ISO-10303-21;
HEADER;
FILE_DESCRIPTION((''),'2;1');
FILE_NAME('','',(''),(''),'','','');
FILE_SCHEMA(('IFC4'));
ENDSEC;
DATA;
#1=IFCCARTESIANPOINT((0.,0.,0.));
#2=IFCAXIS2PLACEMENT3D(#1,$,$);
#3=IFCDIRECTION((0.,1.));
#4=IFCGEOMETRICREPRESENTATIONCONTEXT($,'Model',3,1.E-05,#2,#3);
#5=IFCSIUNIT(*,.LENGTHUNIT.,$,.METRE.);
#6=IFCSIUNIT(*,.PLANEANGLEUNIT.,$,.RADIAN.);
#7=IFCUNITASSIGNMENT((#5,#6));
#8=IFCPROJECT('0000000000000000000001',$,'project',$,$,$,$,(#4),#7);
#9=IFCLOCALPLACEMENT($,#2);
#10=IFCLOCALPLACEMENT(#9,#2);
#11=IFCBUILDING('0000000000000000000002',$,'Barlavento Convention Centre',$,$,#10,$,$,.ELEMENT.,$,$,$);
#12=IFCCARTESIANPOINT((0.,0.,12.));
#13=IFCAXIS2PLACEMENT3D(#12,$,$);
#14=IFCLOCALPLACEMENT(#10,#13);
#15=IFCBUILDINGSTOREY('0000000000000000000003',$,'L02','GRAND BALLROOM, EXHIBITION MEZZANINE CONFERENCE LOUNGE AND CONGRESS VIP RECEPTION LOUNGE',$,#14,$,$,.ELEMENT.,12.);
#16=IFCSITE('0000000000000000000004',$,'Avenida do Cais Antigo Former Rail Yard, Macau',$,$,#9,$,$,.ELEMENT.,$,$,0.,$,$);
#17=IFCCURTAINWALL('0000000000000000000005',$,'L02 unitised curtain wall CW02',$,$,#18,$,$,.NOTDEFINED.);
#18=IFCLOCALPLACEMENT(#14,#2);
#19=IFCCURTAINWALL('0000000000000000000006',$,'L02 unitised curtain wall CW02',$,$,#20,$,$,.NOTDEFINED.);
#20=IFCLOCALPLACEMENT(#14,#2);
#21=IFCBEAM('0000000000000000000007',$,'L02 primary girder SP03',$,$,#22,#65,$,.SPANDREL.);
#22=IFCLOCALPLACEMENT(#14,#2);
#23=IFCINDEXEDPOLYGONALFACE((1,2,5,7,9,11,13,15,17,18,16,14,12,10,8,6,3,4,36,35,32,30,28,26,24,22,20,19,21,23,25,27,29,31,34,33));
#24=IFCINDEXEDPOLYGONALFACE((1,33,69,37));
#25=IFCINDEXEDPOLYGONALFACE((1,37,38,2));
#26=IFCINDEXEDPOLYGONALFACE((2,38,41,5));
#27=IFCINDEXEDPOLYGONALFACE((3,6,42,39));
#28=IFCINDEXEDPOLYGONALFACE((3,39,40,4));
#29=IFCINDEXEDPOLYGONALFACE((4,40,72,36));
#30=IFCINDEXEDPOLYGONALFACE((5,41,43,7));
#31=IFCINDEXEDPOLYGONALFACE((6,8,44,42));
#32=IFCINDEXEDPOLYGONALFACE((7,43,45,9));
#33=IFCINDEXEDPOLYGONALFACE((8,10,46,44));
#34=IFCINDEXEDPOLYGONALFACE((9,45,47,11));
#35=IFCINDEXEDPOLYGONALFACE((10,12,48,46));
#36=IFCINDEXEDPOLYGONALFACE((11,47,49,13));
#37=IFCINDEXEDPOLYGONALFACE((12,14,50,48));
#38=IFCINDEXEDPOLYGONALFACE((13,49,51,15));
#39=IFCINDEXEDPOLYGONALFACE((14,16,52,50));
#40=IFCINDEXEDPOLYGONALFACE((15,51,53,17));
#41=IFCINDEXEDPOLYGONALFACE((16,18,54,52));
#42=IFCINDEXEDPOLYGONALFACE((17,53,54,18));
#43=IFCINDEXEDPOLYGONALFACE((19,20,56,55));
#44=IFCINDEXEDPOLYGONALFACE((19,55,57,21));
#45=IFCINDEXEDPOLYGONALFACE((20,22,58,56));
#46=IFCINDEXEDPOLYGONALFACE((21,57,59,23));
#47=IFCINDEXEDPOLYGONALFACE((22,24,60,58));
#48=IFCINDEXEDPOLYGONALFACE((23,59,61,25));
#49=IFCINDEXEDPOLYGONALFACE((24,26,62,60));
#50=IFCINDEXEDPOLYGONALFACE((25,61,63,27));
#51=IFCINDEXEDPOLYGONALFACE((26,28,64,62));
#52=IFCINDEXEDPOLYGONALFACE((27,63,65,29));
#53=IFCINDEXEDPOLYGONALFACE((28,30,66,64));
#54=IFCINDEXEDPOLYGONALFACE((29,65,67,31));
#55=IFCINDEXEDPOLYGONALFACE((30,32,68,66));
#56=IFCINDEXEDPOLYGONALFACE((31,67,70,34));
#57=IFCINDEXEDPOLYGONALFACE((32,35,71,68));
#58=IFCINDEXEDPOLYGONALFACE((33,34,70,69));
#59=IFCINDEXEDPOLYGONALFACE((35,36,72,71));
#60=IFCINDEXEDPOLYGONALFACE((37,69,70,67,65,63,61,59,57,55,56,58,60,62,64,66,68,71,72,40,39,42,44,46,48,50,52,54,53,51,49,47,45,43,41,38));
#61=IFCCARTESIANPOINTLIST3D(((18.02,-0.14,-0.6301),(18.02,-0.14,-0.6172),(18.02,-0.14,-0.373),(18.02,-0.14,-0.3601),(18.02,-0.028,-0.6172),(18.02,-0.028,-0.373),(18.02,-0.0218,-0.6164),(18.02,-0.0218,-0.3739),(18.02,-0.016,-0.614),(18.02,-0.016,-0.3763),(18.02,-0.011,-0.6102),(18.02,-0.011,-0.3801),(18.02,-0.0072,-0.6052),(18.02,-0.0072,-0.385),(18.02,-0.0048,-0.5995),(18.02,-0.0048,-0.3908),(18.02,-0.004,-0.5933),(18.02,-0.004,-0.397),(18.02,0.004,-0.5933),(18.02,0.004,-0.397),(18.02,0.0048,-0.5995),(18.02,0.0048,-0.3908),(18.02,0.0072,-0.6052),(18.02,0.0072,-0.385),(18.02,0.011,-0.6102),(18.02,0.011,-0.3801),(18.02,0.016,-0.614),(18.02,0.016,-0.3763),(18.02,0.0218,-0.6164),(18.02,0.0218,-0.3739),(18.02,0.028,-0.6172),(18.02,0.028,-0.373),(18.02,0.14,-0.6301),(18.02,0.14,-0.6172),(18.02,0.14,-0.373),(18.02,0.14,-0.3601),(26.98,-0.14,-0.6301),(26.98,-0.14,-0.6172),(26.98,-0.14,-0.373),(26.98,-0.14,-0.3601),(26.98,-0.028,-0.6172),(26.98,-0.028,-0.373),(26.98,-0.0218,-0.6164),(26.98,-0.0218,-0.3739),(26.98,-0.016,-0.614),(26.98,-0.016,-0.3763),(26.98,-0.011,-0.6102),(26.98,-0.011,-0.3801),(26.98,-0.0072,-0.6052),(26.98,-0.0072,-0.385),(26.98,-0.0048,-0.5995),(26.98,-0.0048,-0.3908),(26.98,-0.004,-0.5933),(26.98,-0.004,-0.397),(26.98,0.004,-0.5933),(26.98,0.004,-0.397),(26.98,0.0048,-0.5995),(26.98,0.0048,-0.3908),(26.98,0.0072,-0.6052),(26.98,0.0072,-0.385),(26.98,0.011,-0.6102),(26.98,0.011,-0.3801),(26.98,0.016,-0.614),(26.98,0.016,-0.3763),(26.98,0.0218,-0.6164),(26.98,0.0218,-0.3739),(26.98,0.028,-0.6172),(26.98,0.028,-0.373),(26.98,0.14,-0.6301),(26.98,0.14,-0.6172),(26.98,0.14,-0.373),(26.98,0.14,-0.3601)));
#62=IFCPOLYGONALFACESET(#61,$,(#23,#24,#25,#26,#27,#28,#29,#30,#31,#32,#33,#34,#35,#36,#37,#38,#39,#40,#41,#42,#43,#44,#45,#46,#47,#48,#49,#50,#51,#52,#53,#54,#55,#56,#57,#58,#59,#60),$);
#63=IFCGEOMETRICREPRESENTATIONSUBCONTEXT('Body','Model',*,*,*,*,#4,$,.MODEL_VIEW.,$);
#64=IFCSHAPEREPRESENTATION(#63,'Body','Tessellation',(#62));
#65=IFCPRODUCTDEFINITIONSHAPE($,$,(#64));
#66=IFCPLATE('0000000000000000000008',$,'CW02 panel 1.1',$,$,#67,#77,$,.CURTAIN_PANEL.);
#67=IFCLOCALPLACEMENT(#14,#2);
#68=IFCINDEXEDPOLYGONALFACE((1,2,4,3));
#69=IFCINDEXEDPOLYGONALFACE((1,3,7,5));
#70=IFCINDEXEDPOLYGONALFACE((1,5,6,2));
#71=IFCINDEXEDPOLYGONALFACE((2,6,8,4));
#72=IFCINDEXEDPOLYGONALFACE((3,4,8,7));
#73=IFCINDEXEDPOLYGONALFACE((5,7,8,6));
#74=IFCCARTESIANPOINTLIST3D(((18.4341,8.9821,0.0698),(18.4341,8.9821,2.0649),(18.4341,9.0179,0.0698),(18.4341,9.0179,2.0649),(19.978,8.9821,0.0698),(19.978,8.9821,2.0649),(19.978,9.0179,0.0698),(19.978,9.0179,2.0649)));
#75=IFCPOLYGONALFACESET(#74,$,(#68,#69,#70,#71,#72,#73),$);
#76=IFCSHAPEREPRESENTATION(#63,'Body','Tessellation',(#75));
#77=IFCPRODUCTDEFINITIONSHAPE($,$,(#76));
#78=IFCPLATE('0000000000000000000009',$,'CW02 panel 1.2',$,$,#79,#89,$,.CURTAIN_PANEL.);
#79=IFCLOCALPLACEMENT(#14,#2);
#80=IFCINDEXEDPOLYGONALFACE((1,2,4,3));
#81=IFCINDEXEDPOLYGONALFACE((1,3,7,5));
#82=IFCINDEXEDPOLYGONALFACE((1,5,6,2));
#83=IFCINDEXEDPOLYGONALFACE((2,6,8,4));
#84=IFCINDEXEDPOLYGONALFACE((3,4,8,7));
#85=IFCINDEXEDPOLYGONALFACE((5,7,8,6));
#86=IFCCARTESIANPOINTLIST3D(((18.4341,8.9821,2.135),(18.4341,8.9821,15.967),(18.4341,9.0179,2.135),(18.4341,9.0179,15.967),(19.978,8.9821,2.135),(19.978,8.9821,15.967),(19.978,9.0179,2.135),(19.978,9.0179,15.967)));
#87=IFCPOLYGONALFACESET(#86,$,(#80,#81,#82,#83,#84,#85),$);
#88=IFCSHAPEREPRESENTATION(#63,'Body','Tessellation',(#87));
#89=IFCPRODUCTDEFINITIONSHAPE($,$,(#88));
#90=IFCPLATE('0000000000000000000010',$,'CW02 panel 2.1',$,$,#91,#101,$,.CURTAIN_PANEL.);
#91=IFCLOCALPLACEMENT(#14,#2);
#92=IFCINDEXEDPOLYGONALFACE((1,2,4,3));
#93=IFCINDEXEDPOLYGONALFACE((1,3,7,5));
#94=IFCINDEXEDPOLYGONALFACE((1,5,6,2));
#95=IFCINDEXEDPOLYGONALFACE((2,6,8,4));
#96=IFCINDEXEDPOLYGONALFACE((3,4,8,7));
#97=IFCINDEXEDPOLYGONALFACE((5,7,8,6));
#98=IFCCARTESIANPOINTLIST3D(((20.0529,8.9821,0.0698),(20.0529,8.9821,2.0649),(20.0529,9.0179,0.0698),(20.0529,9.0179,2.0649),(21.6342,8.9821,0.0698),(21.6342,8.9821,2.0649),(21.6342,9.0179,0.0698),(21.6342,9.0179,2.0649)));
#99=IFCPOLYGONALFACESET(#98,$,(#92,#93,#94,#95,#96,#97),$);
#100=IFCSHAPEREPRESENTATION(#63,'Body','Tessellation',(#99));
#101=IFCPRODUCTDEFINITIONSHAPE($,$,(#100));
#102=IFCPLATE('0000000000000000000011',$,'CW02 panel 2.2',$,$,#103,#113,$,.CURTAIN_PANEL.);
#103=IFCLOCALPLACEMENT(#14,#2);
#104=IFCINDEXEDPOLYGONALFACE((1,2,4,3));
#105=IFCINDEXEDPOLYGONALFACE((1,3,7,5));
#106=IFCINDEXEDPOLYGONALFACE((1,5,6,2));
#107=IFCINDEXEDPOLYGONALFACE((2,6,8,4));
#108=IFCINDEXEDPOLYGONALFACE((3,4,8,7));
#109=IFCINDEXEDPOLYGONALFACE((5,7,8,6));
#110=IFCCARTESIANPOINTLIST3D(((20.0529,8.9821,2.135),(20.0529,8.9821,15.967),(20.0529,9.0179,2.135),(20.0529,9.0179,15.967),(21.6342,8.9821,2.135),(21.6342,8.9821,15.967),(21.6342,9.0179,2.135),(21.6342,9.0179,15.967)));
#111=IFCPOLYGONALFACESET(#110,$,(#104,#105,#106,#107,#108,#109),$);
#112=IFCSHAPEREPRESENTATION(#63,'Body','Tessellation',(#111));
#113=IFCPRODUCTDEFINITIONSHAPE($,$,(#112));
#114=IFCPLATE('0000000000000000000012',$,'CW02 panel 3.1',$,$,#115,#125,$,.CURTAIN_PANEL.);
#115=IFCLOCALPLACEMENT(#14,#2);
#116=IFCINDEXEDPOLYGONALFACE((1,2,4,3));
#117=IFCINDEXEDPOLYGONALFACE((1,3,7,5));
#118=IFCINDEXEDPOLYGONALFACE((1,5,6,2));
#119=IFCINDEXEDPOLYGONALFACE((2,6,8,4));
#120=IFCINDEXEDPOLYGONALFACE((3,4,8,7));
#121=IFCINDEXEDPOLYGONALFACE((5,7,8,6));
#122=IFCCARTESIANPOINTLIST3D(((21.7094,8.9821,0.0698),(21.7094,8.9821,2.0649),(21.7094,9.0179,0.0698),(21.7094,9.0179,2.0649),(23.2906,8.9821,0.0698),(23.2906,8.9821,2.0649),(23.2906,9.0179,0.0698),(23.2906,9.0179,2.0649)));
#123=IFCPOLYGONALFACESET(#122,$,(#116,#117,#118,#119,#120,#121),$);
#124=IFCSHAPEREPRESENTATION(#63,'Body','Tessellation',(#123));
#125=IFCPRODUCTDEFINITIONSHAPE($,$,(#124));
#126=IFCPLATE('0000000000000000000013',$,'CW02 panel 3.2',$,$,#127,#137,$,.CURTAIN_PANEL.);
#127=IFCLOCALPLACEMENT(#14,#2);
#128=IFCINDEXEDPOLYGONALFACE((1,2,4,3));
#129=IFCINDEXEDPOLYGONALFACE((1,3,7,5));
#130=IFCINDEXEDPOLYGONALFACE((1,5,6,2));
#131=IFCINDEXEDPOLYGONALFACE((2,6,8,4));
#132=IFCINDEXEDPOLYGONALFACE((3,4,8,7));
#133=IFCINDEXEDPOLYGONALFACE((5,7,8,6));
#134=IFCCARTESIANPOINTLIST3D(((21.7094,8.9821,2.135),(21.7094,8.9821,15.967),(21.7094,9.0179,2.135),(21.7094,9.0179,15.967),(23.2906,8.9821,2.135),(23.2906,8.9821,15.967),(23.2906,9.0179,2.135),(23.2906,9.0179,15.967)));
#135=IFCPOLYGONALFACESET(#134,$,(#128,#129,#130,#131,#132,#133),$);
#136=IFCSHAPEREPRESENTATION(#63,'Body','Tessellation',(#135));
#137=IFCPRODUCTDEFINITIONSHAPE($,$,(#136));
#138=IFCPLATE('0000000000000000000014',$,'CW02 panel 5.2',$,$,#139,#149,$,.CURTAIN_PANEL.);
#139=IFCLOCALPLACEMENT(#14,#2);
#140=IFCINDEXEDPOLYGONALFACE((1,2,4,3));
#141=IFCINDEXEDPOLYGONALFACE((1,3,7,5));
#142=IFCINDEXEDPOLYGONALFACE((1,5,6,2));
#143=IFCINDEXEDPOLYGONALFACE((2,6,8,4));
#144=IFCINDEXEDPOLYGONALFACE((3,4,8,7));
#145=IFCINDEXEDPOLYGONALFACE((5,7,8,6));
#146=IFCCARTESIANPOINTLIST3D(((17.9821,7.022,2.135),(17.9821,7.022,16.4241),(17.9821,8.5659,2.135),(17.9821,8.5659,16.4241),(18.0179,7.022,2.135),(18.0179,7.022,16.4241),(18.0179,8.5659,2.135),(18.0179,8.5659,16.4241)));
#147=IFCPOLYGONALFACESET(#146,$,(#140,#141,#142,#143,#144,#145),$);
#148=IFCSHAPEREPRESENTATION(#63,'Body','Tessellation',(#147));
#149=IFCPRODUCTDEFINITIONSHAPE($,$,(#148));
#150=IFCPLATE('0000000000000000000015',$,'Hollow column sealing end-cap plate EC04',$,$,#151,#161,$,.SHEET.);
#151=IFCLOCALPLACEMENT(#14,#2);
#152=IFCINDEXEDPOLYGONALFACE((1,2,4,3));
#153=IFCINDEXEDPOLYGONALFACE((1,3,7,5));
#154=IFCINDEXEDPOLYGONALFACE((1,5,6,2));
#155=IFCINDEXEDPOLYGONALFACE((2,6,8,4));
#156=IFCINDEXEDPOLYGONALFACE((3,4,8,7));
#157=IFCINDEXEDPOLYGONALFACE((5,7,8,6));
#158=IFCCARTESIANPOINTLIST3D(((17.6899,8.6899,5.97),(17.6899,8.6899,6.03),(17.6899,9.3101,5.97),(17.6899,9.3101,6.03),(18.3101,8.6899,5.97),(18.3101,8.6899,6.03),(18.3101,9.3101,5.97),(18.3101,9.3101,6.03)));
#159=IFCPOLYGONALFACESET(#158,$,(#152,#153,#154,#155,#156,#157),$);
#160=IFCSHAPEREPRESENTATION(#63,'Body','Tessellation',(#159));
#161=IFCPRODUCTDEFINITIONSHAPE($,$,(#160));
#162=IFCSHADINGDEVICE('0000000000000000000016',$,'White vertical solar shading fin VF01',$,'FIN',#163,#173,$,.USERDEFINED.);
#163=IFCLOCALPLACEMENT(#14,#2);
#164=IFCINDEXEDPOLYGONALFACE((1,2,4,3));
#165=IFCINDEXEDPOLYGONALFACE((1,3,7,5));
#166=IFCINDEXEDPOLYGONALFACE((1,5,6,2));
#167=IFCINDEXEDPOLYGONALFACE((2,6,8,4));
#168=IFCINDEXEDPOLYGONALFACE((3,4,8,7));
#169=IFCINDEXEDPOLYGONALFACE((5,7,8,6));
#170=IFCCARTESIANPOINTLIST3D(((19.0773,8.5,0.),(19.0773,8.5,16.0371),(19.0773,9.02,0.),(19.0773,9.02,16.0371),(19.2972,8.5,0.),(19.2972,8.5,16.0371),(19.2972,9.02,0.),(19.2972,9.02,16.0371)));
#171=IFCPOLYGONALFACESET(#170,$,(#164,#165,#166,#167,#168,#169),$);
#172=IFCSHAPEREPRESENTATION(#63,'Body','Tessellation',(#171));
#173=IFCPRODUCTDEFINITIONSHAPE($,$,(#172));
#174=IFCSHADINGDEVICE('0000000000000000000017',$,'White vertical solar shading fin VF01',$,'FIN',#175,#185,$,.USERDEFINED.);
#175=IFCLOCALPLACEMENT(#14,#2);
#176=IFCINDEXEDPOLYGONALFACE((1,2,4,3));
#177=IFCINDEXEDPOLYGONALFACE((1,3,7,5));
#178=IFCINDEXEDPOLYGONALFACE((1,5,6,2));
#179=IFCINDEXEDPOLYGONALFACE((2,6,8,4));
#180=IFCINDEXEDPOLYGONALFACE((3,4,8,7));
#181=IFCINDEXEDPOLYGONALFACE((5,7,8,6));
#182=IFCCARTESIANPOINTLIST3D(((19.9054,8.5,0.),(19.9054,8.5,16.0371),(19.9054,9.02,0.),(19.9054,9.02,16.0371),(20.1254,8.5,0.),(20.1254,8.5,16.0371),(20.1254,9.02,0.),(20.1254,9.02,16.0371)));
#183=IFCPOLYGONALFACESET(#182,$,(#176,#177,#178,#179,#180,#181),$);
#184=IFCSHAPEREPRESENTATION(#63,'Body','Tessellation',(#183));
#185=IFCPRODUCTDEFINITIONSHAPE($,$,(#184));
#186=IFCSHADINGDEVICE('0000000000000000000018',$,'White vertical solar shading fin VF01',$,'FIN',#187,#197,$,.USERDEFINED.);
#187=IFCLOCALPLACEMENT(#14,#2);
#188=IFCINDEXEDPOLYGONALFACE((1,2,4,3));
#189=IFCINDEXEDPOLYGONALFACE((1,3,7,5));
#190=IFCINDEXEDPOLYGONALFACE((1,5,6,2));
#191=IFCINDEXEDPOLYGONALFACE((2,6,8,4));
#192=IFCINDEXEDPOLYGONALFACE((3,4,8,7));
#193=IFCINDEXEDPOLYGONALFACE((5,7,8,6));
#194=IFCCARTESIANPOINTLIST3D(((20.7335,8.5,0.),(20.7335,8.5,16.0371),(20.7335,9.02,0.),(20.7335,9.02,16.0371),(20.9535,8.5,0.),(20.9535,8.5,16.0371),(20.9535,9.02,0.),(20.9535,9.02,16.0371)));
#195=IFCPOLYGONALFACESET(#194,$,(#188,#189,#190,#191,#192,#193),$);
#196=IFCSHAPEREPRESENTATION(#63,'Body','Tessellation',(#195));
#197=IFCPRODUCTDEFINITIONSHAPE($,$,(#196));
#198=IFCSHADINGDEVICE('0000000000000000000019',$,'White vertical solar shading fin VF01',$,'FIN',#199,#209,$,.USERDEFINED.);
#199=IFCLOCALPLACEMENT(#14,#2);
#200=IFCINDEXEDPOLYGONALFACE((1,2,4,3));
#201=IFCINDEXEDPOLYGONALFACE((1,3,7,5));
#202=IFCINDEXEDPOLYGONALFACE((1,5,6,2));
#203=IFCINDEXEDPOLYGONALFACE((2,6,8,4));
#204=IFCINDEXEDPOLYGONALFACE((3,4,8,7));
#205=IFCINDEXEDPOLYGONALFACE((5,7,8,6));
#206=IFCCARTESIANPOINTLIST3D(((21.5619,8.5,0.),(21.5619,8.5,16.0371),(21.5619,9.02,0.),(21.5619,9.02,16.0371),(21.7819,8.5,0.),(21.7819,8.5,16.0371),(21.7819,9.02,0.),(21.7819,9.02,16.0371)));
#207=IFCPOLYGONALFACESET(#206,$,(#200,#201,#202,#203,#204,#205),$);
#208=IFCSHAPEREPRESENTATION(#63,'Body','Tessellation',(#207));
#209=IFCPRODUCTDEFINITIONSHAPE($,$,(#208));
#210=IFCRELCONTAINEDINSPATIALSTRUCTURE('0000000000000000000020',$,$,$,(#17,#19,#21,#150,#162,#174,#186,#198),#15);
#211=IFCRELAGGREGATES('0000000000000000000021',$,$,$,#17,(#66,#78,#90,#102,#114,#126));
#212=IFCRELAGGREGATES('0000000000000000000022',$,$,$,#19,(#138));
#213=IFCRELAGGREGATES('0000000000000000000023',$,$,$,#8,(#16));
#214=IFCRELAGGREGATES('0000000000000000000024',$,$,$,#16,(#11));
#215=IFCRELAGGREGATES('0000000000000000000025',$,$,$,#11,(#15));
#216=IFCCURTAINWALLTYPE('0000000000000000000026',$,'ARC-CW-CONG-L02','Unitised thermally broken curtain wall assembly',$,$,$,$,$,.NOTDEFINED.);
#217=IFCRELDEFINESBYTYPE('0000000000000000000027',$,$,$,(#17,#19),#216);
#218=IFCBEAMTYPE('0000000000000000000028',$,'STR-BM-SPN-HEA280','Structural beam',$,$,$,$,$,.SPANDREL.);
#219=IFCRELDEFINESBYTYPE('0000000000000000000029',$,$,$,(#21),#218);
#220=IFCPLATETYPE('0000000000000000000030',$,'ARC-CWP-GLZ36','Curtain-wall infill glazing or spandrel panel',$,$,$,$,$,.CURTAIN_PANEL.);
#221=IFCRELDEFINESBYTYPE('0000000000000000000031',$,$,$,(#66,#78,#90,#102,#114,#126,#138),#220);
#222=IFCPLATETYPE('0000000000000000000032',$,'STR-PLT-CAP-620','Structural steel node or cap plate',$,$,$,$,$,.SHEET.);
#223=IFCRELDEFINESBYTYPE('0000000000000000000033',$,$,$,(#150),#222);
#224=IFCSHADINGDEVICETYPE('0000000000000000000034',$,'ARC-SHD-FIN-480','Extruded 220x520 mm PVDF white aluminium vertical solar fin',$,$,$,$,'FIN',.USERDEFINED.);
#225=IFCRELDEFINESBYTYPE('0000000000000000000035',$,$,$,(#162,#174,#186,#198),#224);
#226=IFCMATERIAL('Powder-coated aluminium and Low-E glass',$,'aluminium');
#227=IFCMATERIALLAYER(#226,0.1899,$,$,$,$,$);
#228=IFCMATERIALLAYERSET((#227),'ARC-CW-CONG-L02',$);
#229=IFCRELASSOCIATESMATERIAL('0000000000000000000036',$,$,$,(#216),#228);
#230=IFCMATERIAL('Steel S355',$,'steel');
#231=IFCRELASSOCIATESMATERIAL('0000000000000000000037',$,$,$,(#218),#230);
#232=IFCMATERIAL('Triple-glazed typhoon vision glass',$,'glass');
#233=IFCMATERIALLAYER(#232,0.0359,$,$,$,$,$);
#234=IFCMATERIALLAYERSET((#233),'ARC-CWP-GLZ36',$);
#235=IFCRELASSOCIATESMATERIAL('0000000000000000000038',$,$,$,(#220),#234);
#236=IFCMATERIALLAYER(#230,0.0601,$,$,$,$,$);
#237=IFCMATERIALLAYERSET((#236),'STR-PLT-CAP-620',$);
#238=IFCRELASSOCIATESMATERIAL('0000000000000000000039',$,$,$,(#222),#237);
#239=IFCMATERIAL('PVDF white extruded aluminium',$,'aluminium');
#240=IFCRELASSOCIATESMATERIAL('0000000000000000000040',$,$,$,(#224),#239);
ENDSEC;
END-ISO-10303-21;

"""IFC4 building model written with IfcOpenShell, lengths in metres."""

from ifc_helpers import new_model, si_unit, direction, frame, origin, origin_2d, place, context, subcontext, project, spatial, rectangle, i_section, extrude, material, layer, layer_set, material_profile, profile_set, type_object, element, aggregate, save


model = new_model("IFC4")

# Units and contexts
model_context = context("Model", 3, precision=1e-05, world=origin(), true_north=direction((0.0, 1.0)))
body_context = subcontext(model_context, "Body", "Model", "MODEL_VIEW")
ifc_project = project(units=[si_unit("LENGTHUNIT", "METRE"), si_unit("PLANEANGLEUNIT", "RADIAN")], contexts=[model_context])

# Site, building, storey
site_placement = place(None, origin())
site = spatial("IfcSite", under=ifc_project, at=site_placement, Name="Avenida do Cais Antigo Former Rail Yard, Macau", CompositionType="ELEMENT", RefElevation=0.0)
building_placement = place(site_placement, origin())
building = spatial("IfcBuilding", under=site, at=building_placement, Name="Barlavento Convention Centre", CompositionType="ELEMENT")
storey_placement = place(building_placement, frame((0.0, 0.0, 12.0)))
storey = spatial("IfcBuildingStorey", under=building, at=storey_placement, Name="L02", Description="GRAND BALLROOM, EXHIBITION MEZZANINE CONFERENCE LOUNGE AND CONGRESS VIP RECEPTION LOUNGE", CompositionType="ELEMENT", Elevation=12.0)

# Curtain wall
ifc_material_1 = material(Name="Powder-coated aluminium and Low-E glass", Category="aluminium")
ifc_layer_1 = layer(ifc_material_1, 0.1899)
ifc_layer_set_1 = layer_set([ifc_layer_1], Name="ARC-CW-CONG-L02")
curtain_wall_type = type_object("IfcCurtainWallType", Name="ARC-CW-CONG-L02", Description="Unitised thermally broken curtain wall assembly", PredefinedType="NOTDEFINED", material=ifc_layer_set_1)
curtain_wall_1_placement = place(storey_placement, origin())
curtain_wall_1 = element("IfcCurtainWall", 1, at=curtain_wall_1_placement, inside=storey, type_object=curtain_wall_type, Name="L02 unitised curtain wall CW02", PredefinedType="NOTDEFINED")

# Curtain wall
curtain_wall_2_placement = place(storey_placement, origin())
curtain_wall_2 = element("IfcCurtainWall", 2, at=curtain_wall_2_placement, inside=storey, type_object=curtain_wall_type, Name="L02 unitised curtain wall CW02", PredefinedType="NOTDEFINED")

# Beam
ifc_material_2 = material(Name="Steel S355", Category="steel")
ifc_material_profile_1 = material_profile(ifc_material_2, i_section(OverallWidth=0.28, OverallDepth=0.27, WebThickness=0.0081, FlangeThickness=0.0129, FilletRadius=0.0239, at=origin_2d()), Name="HEA 280")
ifc_profile_set_1 = profile_set([ifc_material_profile_1], Name="Steel S355")
beam_type_1 = type_object("IfcBeamType", Name="STR-BM-SPN-HEA280", Description="Structural beam", PredefinedType="SPANDREL", material=ifc_profile_set_1)
beam_1_placement = place(storey_placement, frame((18.02, 0.0, -0.4951), z_axis=(1.0, 0.0, 0.0), x_axis=(0.0, 1.0, 0.0)))
element("IfcBeam", 3, at=beam_1_placement, inside=storey, type_object=beam_type_1, Name="L02 primary girder SP03", PredefinedType="SPANDREL", context=body_context, shape_type="SweptSolid", body=[
    extrude(i_section(OverallWidth=0.28, OverallDepth=0.27, WebThickness=0.0081, FlangeThickness=0.0129, FilletRadius=0.0239, at=origin_2d()), origin(), (0.0, 0.0, 1.0), 8.96),
])

# Plates
ifc_material_3 = material(Name="Triple-glazed typhoon vision glass", Category="glass")
ifc_layer_2 = layer(ifc_material_3, 0.0359)
ifc_layer_set_2 = layer_set([ifc_layer_2], Name="ARC-CWP-GLZ36")
plate_type_1 = type_object("IfcPlateType", Name="ARC-CWP-GLZ36", Description="Curtain-wall infill glazing or spandrel panel", PredefinedType="CURTAIN_PANEL", material=ifc_layer_set_2)
plate_1_placement = place(storey_placement, frame((19.2061, 9.0, 0.0698), z_axis=(0.0, 0.0, 1.0), x_axis=(1.0, 0.0, 0.0)))
plate_1 = element("IfcPlate", 4, at=plate_1_placement, type_object=plate_type_1, Name="CW02 panel 1.1", PredefinedType="CURTAIN_PANEL", context=body_context, shape_type="SweptSolid", body=[
    extrude(rectangle(XDim=1.5439, YDim=0.0359, at=origin_2d()), origin(), (0.0, 0.0, 1.0), 1.9951),
])
plate_2_placement = place(storey_placement, frame((19.2061, 9.0, 2.135), z_axis=(0.0, 0.0, 1.0), x_axis=(1.0, 0.0, 0.0)))
plate_2 = element("IfcPlate", 5, at=plate_2_placement, type_object=plate_type_1, Name="CW02 panel 1.2", PredefinedType="CURTAIN_PANEL", context=body_context, shape_type="SweptSolid", body=[
    extrude(rectangle(XDim=1.5439, YDim=0.0359, at=origin_2d()), origin(), (0.0, 0.0, 1.0), 13.832),
])
plate_3_placement = place(storey_placement, frame((20.8435, 9.0, 0.0698), z_axis=(0.0, 0.0, 1.0), x_axis=(1.0, 0.0, 0.0)))
plate_3 = element("IfcPlate", 6, at=plate_3_placement, type_object=plate_type_1, Name="CW02 panel 2.1", PredefinedType="CURTAIN_PANEL", context=body_context, shape_type="SweptSolid", body=[
    extrude(rectangle(XDim=1.5813, YDim=0.0359, at=origin_2d()), origin(), (0.0, 0.0, 1.0), 1.9951),
])
plate_4_placement = place(storey_placement, frame((20.8435, 9.0, 2.135), z_axis=(0.0, 0.0, 1.0), x_axis=(1.0, 0.0, 0.0)))
plate_4 = element("IfcPlate", 7, at=plate_4_placement, type_object=plate_type_1, Name="CW02 panel 2.2", PredefinedType="CURTAIN_PANEL", context=body_context, shape_type="SweptSolid", body=[
    extrude(rectangle(XDim=1.5813, YDim=0.0359, at=origin_2d()), origin(), (0.0, 0.0, 1.0), 13.832),
])
plate_5_placement = place(storey_placement, frame((22.5, 9.0, 0.0698), z_axis=(0.0, 0.0, 1.0), x_axis=(1.0, 0.0, 0.0)))
plate_5 = element("IfcPlate", 8, at=plate_5_placement, type_object=plate_type_1, Name="CW02 panel 3.1", PredefinedType="CURTAIN_PANEL", context=body_context, shape_type="SweptSolid", body=[
    extrude(rectangle(XDim=1.5813, YDim=0.0359, at=origin_2d()), origin(), (0.0, 0.0, 1.0), 1.9951),
])
plate_6_placement = place(storey_placement, frame((22.5, 9.0, 2.135), z_axis=(0.0, 0.0, 1.0), x_axis=(1.0, 0.0, 0.0)))
plate_6 = element("IfcPlate", 9, at=plate_6_placement, type_object=plate_type_1, Name="CW02 panel 3.2", PredefinedType="CURTAIN_PANEL", context=body_context, shape_type="SweptSolid", body=[
    extrude(rectangle(XDim=1.5813, YDim=0.0359, at=origin_2d()), origin(), (0.0, 0.0, 1.0), 13.832),
])
aggregate(curtain_wall_1, [plate_1, plate_2, plate_3, plate_4, plate_5, plate_6])
plate_7_placement = place(storey_placement, frame((18.0, 7.7939, 2.135), z_axis=(0.0, 0.0, 1.0), x_axis=(0.0, 1.0, 0.0)))
plate_7 = element("IfcPlate", 10, at=plate_7_placement, type_object=plate_type_1, Name="CW02 panel 5.2", PredefinedType="CURTAIN_PANEL", context=body_context, shape_type="SweptSolid", body=[
    extrude(rectangle(XDim=1.5439, YDim=0.0359, at=origin_2d()), origin(), (0.0, 0.0, 1.0), 14.2891),
])
aggregate(curtain_wall_2, [plate_7])
ifc_layer_3 = layer(ifc_material_2, 0.0601)
ifc_layer_set_3 = layer_set([ifc_layer_3], Name="STR-PLT-CAP-620")
plate_type_2 = type_object("IfcPlateType", Name="STR-PLT-CAP-620", Description="Structural steel node or cap plate", PredefinedType="SHEET", material=ifc_layer_set_3)
plate_8_placement = place(storey_placement, frame((18.0, 9.0, 5.97), z_axis=(0.0, 0.0, 1.0), x_axis=(1.0, 0.0, 0.0)))
element("IfcPlate", 11, at=plate_8_placement, inside=storey, type_object=plate_type_2, Name="Hollow column sealing end-cap plate EC04", PredefinedType="SHEET", context=body_context, shape_type="SweptSolid", body=[
    extrude(rectangle(XDim=0.6201, YDim=0.6201, at=origin_2d()), origin(), (0.0, 0.0, 1.0), 0.0601),
])

# Shading devices
ifc_material_4 = material(Name="PVDF white extruded aluminium", Category="aluminium")
shading_device_type = type_object("IfcShadingDeviceType", Name="ARC-SHD-FIN-480", Description="Extruded 220x520 mm PVDF white aluminium vertical solar fin", ElementType="FIN", PredefinedType="USERDEFINED", material=ifc_material_4)
for number, where, z_axis, x_axis, name in (
    (12, (19.1873, 8.76, 0.0), (0.0, 0.0, 1.0), (1.0, 0.0, 0.0), "White vertical solar shading fin VF01"),
    (13, (20.0154, 8.76, 0.0), (0.0, 0.0, 1.0), (1.0, 0.0, 0.0), "White vertical solar shading fin VF01"),
    (14, (20.8435, 8.76, 0.0), (0.0, 0.0, 1.0), (1.0, 0.0, 0.0), "White vertical solar shading fin VF01"),
    (15, (21.6719, 8.76, 0.0), (0.0, 0.0, 1.0), (1.0, 0.0, 0.0), "White vertical solar shading fin VF01"),
):
    element("IfcShadingDevice", number, at=place(storey_placement, frame(where, z_axis=z_axis, x_axis=x_axis)), inside=storey, type_object=shading_device_type, Name=name, ObjectType="FIN", PredefinedType="USERDEFINED", context=body_context, shape_type="SweptSolid", body=[
        extrude(rectangle(XDim=0.22, YDim=0.52, at=origin_2d()), origin(), (0.0, 0.0, 1.0), 16.0371),
    ])

save(model, "model.ifc")
